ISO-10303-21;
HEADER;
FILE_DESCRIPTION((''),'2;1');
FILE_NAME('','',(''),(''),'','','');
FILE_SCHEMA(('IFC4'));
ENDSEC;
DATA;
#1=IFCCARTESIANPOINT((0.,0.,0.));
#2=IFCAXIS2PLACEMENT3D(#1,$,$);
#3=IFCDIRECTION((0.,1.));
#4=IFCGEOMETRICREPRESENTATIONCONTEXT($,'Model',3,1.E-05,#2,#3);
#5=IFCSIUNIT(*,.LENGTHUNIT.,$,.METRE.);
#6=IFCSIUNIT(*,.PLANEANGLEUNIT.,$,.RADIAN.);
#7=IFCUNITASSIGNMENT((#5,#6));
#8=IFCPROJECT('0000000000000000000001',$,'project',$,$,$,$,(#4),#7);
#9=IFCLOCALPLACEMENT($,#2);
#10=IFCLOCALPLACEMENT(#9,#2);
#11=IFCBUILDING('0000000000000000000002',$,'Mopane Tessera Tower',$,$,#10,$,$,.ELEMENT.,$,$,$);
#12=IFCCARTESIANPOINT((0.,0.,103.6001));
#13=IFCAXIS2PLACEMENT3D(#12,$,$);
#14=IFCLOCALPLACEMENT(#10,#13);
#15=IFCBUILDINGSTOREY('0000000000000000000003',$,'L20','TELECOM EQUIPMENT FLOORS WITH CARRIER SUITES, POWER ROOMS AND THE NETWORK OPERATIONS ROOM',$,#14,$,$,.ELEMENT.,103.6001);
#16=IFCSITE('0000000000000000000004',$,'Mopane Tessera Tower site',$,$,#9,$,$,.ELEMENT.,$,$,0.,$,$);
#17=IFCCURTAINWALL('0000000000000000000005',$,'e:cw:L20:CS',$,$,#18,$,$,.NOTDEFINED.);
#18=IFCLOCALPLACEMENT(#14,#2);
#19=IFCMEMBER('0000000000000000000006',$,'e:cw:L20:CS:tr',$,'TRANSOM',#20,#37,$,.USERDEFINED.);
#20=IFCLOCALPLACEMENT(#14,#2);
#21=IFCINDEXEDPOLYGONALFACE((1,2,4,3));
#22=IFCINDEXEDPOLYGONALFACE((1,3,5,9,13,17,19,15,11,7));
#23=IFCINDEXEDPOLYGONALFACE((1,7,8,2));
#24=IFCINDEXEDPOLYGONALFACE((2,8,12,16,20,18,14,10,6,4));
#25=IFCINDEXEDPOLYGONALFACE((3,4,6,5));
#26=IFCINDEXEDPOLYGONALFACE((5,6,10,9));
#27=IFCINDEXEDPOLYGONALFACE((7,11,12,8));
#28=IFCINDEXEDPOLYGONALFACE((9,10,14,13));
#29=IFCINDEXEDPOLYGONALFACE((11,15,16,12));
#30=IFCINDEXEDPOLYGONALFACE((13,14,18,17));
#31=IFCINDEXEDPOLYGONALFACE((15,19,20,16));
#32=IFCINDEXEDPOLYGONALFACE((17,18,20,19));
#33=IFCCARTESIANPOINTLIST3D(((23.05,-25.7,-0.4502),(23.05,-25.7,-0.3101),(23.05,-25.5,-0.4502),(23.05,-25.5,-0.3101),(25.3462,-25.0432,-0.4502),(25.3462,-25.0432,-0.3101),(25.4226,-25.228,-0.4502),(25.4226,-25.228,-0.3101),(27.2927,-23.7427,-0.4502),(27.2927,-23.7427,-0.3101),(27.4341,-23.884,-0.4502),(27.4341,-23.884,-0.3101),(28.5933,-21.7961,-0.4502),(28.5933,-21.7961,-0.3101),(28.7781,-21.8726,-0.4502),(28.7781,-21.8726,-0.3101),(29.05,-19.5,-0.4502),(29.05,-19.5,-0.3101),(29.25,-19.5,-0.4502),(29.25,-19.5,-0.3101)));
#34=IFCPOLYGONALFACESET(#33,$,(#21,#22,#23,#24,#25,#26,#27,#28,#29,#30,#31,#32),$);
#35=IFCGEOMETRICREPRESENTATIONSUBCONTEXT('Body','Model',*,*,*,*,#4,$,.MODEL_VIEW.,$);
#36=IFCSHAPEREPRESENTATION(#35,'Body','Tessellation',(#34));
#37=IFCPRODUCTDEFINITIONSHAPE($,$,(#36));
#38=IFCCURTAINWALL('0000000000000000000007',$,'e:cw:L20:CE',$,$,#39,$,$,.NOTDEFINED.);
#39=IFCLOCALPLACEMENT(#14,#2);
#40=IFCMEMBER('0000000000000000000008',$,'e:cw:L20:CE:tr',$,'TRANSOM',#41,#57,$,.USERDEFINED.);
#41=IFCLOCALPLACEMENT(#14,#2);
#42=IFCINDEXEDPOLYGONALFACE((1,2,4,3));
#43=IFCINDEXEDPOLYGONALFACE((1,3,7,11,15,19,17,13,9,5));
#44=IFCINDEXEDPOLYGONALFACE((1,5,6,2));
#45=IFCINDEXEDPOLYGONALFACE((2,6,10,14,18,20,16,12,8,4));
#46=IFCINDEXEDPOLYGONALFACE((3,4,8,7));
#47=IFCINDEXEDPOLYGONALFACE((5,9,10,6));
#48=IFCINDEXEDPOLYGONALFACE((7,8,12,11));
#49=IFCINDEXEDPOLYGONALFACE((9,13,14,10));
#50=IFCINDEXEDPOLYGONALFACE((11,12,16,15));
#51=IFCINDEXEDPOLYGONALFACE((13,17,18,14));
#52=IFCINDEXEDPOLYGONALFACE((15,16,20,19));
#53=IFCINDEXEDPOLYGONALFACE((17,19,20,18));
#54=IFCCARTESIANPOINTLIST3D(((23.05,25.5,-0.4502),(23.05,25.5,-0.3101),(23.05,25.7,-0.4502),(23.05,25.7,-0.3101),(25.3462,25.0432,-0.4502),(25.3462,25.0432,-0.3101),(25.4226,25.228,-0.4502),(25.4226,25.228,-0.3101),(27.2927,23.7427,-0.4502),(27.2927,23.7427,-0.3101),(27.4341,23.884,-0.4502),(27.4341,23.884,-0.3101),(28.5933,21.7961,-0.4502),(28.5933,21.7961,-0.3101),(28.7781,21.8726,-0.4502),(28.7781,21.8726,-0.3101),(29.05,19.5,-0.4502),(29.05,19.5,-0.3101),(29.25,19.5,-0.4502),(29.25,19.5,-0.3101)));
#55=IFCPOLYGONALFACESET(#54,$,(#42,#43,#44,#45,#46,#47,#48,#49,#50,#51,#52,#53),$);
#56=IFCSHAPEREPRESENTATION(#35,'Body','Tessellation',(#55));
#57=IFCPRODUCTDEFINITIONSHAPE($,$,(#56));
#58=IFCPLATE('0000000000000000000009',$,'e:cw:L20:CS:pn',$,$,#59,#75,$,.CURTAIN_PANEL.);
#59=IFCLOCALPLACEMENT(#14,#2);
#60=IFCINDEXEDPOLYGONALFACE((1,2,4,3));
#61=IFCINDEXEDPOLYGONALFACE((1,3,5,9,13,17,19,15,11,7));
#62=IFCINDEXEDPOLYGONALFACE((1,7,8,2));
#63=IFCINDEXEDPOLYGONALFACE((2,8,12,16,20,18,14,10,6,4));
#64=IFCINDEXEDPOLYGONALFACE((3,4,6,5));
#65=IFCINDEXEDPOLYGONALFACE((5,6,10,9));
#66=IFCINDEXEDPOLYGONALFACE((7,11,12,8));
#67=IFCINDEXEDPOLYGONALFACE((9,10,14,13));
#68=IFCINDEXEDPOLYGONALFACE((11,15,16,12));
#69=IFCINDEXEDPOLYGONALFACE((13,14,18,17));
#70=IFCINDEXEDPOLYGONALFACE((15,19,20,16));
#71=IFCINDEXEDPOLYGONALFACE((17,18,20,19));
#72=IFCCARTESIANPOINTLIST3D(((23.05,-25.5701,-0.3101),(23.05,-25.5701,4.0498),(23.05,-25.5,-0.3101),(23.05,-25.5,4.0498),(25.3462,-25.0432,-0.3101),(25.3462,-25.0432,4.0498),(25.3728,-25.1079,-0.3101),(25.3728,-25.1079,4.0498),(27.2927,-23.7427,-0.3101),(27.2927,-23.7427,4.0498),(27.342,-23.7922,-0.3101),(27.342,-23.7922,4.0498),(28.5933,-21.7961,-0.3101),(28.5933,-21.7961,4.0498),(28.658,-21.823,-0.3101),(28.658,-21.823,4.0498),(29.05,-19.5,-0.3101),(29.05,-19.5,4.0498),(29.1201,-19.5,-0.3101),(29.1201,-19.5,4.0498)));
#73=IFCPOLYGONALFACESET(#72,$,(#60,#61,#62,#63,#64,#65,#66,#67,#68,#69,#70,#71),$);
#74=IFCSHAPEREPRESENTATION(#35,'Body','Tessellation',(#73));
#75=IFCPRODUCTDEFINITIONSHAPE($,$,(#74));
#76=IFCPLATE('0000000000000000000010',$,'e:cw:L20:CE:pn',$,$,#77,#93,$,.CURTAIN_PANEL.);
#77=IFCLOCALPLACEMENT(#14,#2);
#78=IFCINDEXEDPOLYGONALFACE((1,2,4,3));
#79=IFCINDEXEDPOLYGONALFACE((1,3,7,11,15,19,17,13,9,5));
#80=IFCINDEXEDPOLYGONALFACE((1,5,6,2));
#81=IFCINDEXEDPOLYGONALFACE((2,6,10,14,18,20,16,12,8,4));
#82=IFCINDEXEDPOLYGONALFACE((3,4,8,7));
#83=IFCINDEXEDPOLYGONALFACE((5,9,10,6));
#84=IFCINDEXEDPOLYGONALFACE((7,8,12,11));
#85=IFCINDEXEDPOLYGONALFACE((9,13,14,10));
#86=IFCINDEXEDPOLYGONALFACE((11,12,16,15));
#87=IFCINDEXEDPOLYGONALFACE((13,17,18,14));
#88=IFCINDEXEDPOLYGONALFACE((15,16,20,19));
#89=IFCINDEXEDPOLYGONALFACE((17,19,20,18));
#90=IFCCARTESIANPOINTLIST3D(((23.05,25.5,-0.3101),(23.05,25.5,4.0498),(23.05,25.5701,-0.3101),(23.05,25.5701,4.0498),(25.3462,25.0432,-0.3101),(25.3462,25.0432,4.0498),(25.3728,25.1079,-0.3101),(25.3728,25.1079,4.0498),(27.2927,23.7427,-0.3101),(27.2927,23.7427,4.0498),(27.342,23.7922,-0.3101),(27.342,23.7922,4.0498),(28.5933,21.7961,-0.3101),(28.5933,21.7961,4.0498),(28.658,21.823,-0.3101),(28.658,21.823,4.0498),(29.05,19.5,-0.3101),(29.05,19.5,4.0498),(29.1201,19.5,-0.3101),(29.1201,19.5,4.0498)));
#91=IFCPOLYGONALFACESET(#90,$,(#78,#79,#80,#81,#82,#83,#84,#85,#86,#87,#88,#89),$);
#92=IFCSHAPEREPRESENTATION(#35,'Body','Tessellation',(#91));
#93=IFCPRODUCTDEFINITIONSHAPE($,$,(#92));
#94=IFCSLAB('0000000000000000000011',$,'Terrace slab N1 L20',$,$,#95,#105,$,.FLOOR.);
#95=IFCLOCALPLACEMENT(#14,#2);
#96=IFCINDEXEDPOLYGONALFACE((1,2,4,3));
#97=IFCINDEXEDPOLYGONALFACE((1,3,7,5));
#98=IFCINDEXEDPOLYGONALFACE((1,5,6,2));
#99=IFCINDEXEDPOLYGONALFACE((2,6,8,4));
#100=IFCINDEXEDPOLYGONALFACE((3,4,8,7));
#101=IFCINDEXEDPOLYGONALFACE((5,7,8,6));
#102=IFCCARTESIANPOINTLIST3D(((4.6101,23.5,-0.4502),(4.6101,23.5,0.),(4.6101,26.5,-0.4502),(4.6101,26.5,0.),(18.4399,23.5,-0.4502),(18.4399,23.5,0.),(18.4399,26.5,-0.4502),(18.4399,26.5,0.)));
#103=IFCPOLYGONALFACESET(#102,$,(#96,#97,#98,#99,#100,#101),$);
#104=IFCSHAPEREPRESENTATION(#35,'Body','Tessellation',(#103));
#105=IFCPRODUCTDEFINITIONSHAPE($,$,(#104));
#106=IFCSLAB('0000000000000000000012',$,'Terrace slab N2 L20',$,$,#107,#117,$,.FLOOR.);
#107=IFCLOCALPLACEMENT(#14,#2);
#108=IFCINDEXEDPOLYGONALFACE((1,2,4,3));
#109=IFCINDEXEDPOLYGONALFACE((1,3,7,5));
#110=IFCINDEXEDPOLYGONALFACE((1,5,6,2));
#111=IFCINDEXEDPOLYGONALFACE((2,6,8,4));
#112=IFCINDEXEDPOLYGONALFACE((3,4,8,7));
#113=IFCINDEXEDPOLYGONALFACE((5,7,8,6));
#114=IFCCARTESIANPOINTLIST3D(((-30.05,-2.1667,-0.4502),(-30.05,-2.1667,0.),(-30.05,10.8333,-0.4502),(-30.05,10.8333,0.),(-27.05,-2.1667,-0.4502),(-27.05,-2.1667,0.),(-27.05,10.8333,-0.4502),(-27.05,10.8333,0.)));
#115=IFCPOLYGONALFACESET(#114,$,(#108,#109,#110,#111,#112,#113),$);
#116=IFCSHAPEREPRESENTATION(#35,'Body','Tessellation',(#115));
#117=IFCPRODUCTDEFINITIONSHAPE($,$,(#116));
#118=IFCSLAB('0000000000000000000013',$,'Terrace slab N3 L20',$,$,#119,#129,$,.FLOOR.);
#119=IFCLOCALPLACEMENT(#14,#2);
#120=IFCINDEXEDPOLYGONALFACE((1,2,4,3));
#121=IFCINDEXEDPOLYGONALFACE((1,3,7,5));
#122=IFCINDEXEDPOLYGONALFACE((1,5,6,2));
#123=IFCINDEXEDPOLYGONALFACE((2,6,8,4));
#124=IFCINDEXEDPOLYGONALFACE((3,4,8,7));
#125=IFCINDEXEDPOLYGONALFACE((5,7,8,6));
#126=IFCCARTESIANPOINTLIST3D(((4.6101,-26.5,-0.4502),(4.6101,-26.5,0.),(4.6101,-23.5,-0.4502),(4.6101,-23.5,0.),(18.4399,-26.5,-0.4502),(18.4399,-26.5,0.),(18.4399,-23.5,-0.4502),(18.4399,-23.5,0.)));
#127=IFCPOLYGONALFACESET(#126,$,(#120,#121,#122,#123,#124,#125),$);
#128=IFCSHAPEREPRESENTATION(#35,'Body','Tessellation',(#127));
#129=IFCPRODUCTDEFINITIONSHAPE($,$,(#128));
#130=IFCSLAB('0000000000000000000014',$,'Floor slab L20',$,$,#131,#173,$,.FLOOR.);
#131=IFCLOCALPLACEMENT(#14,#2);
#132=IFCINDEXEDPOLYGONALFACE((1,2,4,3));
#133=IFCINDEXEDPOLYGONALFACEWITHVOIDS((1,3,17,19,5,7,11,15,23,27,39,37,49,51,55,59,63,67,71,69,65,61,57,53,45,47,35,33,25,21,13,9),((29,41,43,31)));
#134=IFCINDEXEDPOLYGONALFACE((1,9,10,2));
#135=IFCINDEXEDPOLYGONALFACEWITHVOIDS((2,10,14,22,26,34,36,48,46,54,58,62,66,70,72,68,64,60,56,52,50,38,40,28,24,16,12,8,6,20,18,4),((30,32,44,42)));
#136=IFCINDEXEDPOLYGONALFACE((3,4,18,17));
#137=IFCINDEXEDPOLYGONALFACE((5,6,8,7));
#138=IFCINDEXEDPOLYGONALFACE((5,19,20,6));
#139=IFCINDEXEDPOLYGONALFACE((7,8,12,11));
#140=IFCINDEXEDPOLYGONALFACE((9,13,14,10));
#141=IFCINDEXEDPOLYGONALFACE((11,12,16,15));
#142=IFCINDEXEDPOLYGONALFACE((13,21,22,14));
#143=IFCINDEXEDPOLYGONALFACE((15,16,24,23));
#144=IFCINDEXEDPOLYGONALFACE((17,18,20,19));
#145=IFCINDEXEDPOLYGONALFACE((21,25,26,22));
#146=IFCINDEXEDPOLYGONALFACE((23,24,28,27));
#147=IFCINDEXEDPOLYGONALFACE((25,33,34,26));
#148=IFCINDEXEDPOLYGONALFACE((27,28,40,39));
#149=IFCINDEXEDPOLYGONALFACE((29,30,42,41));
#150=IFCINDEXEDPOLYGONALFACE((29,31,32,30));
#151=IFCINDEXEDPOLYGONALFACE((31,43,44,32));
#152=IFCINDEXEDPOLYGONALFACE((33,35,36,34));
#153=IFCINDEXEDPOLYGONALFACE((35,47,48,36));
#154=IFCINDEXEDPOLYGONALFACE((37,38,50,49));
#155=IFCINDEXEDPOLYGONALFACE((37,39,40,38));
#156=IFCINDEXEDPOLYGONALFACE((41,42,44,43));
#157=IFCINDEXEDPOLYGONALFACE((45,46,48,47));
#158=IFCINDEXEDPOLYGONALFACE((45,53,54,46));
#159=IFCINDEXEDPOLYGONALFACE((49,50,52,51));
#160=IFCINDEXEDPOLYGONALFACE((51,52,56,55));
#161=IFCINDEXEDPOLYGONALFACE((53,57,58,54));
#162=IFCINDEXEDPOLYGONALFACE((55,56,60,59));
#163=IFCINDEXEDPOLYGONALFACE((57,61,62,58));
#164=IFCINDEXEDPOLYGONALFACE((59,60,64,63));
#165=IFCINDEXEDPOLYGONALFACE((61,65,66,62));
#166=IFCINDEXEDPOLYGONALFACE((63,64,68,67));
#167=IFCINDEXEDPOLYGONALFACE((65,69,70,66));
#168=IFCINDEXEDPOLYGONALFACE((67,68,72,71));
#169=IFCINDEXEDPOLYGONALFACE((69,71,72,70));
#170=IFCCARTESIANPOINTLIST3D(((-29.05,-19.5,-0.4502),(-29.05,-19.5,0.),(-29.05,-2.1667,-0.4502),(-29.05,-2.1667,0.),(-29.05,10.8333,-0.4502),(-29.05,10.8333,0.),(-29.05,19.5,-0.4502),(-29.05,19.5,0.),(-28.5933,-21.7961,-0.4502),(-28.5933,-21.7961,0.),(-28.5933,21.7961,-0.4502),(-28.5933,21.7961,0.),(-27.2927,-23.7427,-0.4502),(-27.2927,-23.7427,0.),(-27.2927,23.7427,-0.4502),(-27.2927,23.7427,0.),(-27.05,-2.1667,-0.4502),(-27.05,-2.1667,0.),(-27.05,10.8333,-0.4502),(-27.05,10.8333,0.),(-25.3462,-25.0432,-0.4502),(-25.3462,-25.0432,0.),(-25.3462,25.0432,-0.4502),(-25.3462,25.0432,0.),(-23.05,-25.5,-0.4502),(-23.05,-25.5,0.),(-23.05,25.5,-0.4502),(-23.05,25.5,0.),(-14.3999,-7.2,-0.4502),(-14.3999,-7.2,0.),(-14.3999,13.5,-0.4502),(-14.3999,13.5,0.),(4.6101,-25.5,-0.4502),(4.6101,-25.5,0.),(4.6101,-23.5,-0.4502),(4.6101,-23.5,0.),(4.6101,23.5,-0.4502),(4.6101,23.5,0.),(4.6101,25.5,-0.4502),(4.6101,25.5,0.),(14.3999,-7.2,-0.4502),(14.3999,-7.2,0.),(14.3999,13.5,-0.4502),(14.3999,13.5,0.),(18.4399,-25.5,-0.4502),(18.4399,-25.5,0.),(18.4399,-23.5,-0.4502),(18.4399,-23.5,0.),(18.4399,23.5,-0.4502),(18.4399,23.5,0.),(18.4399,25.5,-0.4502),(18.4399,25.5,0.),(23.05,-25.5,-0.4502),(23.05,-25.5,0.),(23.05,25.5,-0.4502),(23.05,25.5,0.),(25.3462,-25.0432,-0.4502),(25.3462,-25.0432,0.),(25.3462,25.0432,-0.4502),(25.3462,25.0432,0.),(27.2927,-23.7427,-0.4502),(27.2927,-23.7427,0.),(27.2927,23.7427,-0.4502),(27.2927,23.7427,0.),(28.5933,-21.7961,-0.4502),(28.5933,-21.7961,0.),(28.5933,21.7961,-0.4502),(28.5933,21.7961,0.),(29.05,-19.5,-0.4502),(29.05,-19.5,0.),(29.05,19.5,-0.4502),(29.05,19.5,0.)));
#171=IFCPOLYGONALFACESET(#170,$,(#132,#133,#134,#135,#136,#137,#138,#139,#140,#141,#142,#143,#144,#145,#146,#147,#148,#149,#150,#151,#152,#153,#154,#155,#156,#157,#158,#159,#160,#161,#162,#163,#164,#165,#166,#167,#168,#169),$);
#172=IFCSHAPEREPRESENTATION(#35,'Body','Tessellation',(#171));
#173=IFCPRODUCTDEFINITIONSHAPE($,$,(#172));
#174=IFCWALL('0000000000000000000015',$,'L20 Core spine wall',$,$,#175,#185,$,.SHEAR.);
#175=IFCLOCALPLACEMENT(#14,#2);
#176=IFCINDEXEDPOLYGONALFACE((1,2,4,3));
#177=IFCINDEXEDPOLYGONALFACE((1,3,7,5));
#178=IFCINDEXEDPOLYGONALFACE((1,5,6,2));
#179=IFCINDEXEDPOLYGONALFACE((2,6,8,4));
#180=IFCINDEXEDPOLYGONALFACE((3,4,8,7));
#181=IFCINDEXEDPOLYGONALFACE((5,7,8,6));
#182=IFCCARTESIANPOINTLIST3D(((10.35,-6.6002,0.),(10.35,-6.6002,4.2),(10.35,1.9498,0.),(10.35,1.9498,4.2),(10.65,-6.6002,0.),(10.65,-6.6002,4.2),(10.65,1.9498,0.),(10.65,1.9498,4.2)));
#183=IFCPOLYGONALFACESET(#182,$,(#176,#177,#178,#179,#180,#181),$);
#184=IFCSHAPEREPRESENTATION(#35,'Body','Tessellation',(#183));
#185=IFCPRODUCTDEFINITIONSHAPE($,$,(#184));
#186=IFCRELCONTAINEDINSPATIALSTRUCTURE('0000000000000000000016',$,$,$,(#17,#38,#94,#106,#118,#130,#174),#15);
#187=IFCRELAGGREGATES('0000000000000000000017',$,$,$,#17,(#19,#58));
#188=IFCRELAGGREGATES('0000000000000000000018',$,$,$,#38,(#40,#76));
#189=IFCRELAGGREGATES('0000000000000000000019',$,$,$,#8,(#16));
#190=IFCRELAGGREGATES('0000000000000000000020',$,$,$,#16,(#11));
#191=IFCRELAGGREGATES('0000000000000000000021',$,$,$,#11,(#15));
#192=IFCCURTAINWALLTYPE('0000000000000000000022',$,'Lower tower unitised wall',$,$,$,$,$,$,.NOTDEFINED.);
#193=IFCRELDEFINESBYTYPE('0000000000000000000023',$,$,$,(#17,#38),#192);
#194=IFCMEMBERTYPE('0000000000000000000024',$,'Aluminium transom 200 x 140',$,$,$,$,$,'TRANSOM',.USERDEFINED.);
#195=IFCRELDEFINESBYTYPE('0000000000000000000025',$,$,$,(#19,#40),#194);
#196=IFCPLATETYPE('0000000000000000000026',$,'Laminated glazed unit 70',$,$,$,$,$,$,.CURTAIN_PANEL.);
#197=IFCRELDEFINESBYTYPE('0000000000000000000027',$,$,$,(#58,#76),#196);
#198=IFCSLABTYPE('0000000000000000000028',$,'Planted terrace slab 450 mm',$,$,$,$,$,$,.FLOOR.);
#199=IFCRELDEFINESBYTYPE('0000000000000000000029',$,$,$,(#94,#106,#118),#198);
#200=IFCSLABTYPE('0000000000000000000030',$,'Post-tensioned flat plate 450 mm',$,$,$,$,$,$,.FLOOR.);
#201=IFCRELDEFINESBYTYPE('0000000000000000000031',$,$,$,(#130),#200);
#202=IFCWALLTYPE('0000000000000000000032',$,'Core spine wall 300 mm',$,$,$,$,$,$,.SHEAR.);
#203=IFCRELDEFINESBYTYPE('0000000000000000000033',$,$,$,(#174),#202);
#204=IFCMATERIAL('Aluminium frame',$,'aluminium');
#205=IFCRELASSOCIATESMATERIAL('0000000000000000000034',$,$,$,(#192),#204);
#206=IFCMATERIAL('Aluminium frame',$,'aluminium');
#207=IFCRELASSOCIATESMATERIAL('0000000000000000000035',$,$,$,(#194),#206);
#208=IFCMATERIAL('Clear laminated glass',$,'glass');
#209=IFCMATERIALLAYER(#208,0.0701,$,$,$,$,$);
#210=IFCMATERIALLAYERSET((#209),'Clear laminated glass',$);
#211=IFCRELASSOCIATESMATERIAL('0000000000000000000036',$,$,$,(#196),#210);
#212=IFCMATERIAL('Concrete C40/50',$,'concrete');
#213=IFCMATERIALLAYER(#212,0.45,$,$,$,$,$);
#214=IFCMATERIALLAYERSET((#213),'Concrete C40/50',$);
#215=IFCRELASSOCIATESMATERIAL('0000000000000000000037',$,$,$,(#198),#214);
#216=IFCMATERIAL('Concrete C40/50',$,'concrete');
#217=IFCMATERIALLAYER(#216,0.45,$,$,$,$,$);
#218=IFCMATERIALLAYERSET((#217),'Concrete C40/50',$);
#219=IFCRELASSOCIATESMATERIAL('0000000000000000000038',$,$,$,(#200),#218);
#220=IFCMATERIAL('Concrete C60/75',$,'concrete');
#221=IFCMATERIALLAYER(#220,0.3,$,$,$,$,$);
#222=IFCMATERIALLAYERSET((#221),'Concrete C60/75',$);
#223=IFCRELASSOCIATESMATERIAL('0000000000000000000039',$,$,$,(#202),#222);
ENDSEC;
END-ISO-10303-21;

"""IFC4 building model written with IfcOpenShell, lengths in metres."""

from ifc_helpers import new_model, si_unit, direction, frame, frame_2d, origin, origin_2d, place, context, subcontext, project, spatial, polyline, rectangle, outline, extrude, material, layer, layer_set, material_profile, profile_set, type_object, element, aggregate, save


model = new_model("IFC4")

# Units and contexts
model_context = context("Model", 3, precision=1e-05, world=origin(), true_north=direction((0.0, 1.0)))
body_context = subcontext(model_context, "Body", "Model", "MODEL_VIEW")
ifc_project = project(units=[si_unit("LENGTHUNIT", "METRE"), si_unit("PLANEANGLEUNIT", "RADIAN")], contexts=[model_context])

# Site, building, storey
site_placement = place(None, origin())
site = spatial("IfcSite", under=ifc_project, at=site_placement, Name="Mopane Tessera Tower site", CompositionType="ELEMENT", RefElevation=0.0)
building_placement = place(site_placement, origin())
building = spatial("IfcBuilding", under=site, at=building_placement, Name="Mopane Tessera Tower", CompositionType="ELEMENT")
storey_placement = place(building_placement, frame((0.0, 0.0, 103.6001)))
storey = spatial("IfcBuildingStorey", under=building, at=storey_placement, Name="L20", Description="TELECOM EQUIPMENT FLOORS WITH CARRIER SUITES, POWER ROOMS AND THE NETWORK OPERATIONS ROOM", CompositionType="ELEMENT", Elevation=103.6001)

# Curtain walls, members
ifc_material_1 = material(Name="Aluminium frame", Category="aluminium")
curtain_wall_type = type_object("IfcCurtainWallType", Name="Lower tower unitised wall", PredefinedType="NOTDEFINED", material=ifc_material_1)
curtain_wall_1_placement = place(storey_placement, origin())
curtain_wall_1 = element("IfcCurtainWall", 1, at=curtain_wall_1_placement, inside=storey, type_object=curtain_wall_type, Name="e:cw:L20:CS", PredefinedType="NOTDEFINED")
ifc_material_2 = material(Name="Aluminium frame", Category="aluminium")
ifc_material_profile = material_profile(ifc_material_2, rectangle(XDim=0.2, YDim=0.1399, at=origin_2d()))
ifc_profile_set = profile_set([ifc_material_profile], Name="Aluminium frame")
member_type = type_object("IfcMemberType", Name="Aluminium transom 200 x 140", ElementType="TRANSOM", PredefinedType="USERDEFINED", material=ifc_profile_set)
member_1_placement = place(storey_placement, frame((0.0, 0.0, -0.4502)))
member_1 = element("IfcMember", 2, at=member_1_placement, type_object=member_type, Name="e:cw:L20:CS:tr", ObjectType="TRANSOM", PredefinedType="USERDEFINED", context=body_context, shape_type="SweptSolid", body=[
    extrude(outline(polyline([(23.05, -25.5), (25.3462, -25.0432), (27.2927, -23.7427), (28.5933, -21.7961), (29.05, -19.5), (29.25, -19.5), (28.7781, -21.8726), (27.4341, -23.884), (25.4226, -25.228), (23.05, -25.7), (23.05, -25.5)])), origin(), (0.0, 0.0, 1.0), 0.1401),
])
curtain_wall_2_placement = place(storey_placement, origin())
curtain_wall_2 = element("IfcCurtainWall", 3, at=curtain_wall_2_placement, inside=storey, type_object=curtain_wall_type, Name="e:cw:L20:CE", PredefinedType="NOTDEFINED")
member_2_placement = place(storey_placement, frame((0.0, 0.0, -0.4502)))
member_2 = element("IfcMember", 4, at=member_2_placement, type_object=member_type, Name="e:cw:L20:CE:tr", ObjectType="TRANSOM", PredefinedType="USERDEFINED", context=body_context, shape_type="SweptSolid", body=[
    extrude(outline(polyline([(29.05, 19.5), (28.5933, 21.7961), (27.2927, 23.7427), (25.3462, 25.0432), (23.05, 25.5), (23.05, 25.7), (25.4226, 25.228), (27.4341, 23.884), (28.7781, 21.8726), (29.25, 19.5), (29.05, 19.5)])), origin(), (0.0, 0.0, 1.0), 0.1401),
])

# Plates
ifc_material_3 = material(Name="Clear laminated glass", Category="glass")
ifc_layer_1 = layer(ifc_material_3, 0.0701)
ifc_layer_set_1 = layer_set([ifc_layer_1], Name="Clear laminated glass")
plate_type = type_object("IfcPlateType", Name="Laminated glazed unit 70", PredefinedType="CURTAIN_PANEL", material=ifc_layer_set_1)
plate_1_placement = place(storey_placement, frame((0.0, 0.0, -0.3101)))
plate_1 = element("IfcPlate", 5, at=plate_1_placement, type_object=plate_type, Name="e:cw:L20:CS:pn", PredefinedType="CURTAIN_PANEL", context=body_context, shape_type="SweptSolid", body=[
    extrude(outline(polyline([(23.05, -25.5), (25.3462, -25.0432), (27.2927, -23.7427), (28.5933, -21.7961), (29.05, -19.5), (29.1201, -19.5), (28.658, -21.823), (27.342, -23.7922), (25.3728, -25.1079), (23.05, -25.5701), (23.05, -25.5)])), origin(), (0.0, 0.0, 1.0), 4.3599),
])
aggregate(curtain_wall_1, [member_1, plate_1])
plate_2_placement = place(storey_placement, frame((0.0, 0.0, -0.3101)))
plate_2 = element("IfcPlate", 6, at=plate_2_placement, type_object=plate_type, Name="e:cw:L20:CE:pn", PredefinedType="CURTAIN_PANEL", context=body_context, shape_type="SweptSolid", body=[
    extrude(outline(polyline([(29.05, 19.5), (28.5933, 21.7961), (27.2927, 23.7427), (25.3462, 25.0432), (23.05, 25.5), (23.05, 25.5701), (25.3728, 25.1079), (27.342, 23.7922), (28.658, 21.823), (29.1201, 19.5), (29.05, 19.5)])), origin(), (0.0, 0.0, 1.0), 4.3599),
])
aggregate(curtain_wall_2, [member_2, plate_2])

# Slabs
ifc_material_4 = material(Name="Concrete C40/50", Category="concrete")
ifc_layer_2 = layer(ifc_material_4, 0.45)
ifc_layer_set_2 = layer_set([ifc_layer_2], Name="Concrete C40/50")
slab_type_1 = type_object("IfcSlabType", Name="Planted terrace slab 450 mm", PredefinedType="FLOOR", material=ifc_layer_set_2)
slab_1_placement = place(storey_placement, frame((0.0, 0.0, -0.4502)))
element("IfcSlab", 7, at=slab_1_placement, inside=storey, type_object=slab_type_1, Name="Terrace slab N1 L20", PredefinedType="FLOOR", context=body_context, shape_type="SweptSolid", body=[
    extrude(outline(polyline([(4.6101, 26.5), (4.6101, 23.5), (18.4399, 23.5), (18.4399, 26.5), (4.6101, 26.5)])), origin(), (0.0, 0.0, 1.0), 0.4502),
])
slab_2_placement = place(storey_placement, frame((0.0, 0.0, -0.4502)))
element("IfcSlab", 8, at=slab_2_placement, inside=storey, type_object=slab_type_1, Name="Terrace slab N2 L20", PredefinedType="FLOOR", context=body_context, shape_type="SweptSolid", body=[
    extrude(outline(polyline([(-30.05, -2.1667), (-27.05, -2.1667), (-27.05, 10.8333), (-30.05, 10.8333), (-30.05, -2.1667)])), origin(), (0.0, 0.0, 1.0), 0.4502),
])
slab_3_placement = place(storey_placement, frame((0.0, 0.0, -0.4502)))
element("IfcSlab", 9, at=slab_3_placement, inside=storey, type_object=slab_type_1, Name="Terrace slab N3 L20", PredefinedType="FLOOR", context=body_context, shape_type="SweptSolid", body=[
    extrude(outline(polyline([(18.4399, -26.5), (18.4399, -23.5), (4.6101, -23.5), (4.6101, -26.5), (18.4399, -26.5)])), origin(), (0.0, 0.0, 1.0), 0.4502),
])
ifc_material_5 = material(Name="Concrete C40/50", Category="concrete")
ifc_layer_3 = layer(ifc_material_5, 0.45)
ifc_layer_set_3 = layer_set([ifc_layer_3], Name="Concrete C40/50")
slab_type_2 = type_object("IfcSlabType", Name="Post-tensioned flat plate 450 mm", PredefinedType="FLOOR", material=ifc_layer_set_3)
slab_4_placement = place(storey_placement, frame((0.0, 0.0, -0.4502)))
element("IfcSlab", 10, at=slab_4_placement, inside=storey, type_object=slab_type_2, Name="Floor slab L20", PredefinedType="FLOOR", context=body_context, shape_type="SweptSolid", body=[
    extrude(outline(polyline([(-23.05, -25.5), (4.6101, -25.5), (4.6101, -23.5), (18.4399, -23.5), (18.4399, -25.5), (23.05, -25.5), (25.3462, -25.0432), (27.2927, -23.7427), (28.5933, -21.7961), (29.05, -19.5), (29.05, 19.5), (28.5933, 21.7961), (27.2927, 23.7427), (25.3462, 25.0432), (23.05, 25.5), (18.4399, 25.5), (18.4399, 23.5), (4.6101, 23.5), (4.6101, 25.5), (-23.05, 25.5), (-25.3462, 25.0432), (-27.2927, 23.7427), (-28.5933, 21.7961), (-29.05, 19.5), (-29.05, 10.8333), (-27.05, 10.8333), (-27.05, -2.1667), (-29.05, -2.1667), (-29.05, -19.5), (-28.5933, -21.7961), (-27.2927, -23.7427), (-25.3462, -25.0432), (-23.05, -25.5)]), holes=[polyline([(14.3999, -7.2), (-14.3999, -7.2), (-14.3999, 13.5), (14.3999, 13.5), (14.3999, -7.2)])]), origin(), (0.0, 0.0, 1.0), 0.4502),
])

# Wall
ifc_material_6 = material(Name="Concrete C60/75", Category="concrete")
ifc_layer_4 = layer(ifc_material_6, 0.3)
ifc_layer_set_4 = layer_set([ifc_layer_4], Name="Concrete C60/75")
wall_type_1 = type_object("IfcWallType", Name="Core spine wall 300 mm", PredefinedType="SHEAR", material=ifc_layer_set_4)
wall_1_placement = place(storey_placement, frame((10.5, -6.6001, 0.0), z_axis=(0.0, 0.0, 1.0), x_axis=(0.0, 1.0, 0.0)))
element("IfcWall", 11, at=wall_1_placement, inside=storey, type_object=wall_type_1, Name="L20 Core spine wall", PredefinedType="SHEAR", context=body_context, shape_type="SweptSolid", body=[
    extrude(rectangle(XDim=8.55, YDim=0.3, at=frame_2d((4.2749, 0.0))), origin(), (0.0, 0.0, 1.0), 4.2),
])

save(model, "model.ifc")
